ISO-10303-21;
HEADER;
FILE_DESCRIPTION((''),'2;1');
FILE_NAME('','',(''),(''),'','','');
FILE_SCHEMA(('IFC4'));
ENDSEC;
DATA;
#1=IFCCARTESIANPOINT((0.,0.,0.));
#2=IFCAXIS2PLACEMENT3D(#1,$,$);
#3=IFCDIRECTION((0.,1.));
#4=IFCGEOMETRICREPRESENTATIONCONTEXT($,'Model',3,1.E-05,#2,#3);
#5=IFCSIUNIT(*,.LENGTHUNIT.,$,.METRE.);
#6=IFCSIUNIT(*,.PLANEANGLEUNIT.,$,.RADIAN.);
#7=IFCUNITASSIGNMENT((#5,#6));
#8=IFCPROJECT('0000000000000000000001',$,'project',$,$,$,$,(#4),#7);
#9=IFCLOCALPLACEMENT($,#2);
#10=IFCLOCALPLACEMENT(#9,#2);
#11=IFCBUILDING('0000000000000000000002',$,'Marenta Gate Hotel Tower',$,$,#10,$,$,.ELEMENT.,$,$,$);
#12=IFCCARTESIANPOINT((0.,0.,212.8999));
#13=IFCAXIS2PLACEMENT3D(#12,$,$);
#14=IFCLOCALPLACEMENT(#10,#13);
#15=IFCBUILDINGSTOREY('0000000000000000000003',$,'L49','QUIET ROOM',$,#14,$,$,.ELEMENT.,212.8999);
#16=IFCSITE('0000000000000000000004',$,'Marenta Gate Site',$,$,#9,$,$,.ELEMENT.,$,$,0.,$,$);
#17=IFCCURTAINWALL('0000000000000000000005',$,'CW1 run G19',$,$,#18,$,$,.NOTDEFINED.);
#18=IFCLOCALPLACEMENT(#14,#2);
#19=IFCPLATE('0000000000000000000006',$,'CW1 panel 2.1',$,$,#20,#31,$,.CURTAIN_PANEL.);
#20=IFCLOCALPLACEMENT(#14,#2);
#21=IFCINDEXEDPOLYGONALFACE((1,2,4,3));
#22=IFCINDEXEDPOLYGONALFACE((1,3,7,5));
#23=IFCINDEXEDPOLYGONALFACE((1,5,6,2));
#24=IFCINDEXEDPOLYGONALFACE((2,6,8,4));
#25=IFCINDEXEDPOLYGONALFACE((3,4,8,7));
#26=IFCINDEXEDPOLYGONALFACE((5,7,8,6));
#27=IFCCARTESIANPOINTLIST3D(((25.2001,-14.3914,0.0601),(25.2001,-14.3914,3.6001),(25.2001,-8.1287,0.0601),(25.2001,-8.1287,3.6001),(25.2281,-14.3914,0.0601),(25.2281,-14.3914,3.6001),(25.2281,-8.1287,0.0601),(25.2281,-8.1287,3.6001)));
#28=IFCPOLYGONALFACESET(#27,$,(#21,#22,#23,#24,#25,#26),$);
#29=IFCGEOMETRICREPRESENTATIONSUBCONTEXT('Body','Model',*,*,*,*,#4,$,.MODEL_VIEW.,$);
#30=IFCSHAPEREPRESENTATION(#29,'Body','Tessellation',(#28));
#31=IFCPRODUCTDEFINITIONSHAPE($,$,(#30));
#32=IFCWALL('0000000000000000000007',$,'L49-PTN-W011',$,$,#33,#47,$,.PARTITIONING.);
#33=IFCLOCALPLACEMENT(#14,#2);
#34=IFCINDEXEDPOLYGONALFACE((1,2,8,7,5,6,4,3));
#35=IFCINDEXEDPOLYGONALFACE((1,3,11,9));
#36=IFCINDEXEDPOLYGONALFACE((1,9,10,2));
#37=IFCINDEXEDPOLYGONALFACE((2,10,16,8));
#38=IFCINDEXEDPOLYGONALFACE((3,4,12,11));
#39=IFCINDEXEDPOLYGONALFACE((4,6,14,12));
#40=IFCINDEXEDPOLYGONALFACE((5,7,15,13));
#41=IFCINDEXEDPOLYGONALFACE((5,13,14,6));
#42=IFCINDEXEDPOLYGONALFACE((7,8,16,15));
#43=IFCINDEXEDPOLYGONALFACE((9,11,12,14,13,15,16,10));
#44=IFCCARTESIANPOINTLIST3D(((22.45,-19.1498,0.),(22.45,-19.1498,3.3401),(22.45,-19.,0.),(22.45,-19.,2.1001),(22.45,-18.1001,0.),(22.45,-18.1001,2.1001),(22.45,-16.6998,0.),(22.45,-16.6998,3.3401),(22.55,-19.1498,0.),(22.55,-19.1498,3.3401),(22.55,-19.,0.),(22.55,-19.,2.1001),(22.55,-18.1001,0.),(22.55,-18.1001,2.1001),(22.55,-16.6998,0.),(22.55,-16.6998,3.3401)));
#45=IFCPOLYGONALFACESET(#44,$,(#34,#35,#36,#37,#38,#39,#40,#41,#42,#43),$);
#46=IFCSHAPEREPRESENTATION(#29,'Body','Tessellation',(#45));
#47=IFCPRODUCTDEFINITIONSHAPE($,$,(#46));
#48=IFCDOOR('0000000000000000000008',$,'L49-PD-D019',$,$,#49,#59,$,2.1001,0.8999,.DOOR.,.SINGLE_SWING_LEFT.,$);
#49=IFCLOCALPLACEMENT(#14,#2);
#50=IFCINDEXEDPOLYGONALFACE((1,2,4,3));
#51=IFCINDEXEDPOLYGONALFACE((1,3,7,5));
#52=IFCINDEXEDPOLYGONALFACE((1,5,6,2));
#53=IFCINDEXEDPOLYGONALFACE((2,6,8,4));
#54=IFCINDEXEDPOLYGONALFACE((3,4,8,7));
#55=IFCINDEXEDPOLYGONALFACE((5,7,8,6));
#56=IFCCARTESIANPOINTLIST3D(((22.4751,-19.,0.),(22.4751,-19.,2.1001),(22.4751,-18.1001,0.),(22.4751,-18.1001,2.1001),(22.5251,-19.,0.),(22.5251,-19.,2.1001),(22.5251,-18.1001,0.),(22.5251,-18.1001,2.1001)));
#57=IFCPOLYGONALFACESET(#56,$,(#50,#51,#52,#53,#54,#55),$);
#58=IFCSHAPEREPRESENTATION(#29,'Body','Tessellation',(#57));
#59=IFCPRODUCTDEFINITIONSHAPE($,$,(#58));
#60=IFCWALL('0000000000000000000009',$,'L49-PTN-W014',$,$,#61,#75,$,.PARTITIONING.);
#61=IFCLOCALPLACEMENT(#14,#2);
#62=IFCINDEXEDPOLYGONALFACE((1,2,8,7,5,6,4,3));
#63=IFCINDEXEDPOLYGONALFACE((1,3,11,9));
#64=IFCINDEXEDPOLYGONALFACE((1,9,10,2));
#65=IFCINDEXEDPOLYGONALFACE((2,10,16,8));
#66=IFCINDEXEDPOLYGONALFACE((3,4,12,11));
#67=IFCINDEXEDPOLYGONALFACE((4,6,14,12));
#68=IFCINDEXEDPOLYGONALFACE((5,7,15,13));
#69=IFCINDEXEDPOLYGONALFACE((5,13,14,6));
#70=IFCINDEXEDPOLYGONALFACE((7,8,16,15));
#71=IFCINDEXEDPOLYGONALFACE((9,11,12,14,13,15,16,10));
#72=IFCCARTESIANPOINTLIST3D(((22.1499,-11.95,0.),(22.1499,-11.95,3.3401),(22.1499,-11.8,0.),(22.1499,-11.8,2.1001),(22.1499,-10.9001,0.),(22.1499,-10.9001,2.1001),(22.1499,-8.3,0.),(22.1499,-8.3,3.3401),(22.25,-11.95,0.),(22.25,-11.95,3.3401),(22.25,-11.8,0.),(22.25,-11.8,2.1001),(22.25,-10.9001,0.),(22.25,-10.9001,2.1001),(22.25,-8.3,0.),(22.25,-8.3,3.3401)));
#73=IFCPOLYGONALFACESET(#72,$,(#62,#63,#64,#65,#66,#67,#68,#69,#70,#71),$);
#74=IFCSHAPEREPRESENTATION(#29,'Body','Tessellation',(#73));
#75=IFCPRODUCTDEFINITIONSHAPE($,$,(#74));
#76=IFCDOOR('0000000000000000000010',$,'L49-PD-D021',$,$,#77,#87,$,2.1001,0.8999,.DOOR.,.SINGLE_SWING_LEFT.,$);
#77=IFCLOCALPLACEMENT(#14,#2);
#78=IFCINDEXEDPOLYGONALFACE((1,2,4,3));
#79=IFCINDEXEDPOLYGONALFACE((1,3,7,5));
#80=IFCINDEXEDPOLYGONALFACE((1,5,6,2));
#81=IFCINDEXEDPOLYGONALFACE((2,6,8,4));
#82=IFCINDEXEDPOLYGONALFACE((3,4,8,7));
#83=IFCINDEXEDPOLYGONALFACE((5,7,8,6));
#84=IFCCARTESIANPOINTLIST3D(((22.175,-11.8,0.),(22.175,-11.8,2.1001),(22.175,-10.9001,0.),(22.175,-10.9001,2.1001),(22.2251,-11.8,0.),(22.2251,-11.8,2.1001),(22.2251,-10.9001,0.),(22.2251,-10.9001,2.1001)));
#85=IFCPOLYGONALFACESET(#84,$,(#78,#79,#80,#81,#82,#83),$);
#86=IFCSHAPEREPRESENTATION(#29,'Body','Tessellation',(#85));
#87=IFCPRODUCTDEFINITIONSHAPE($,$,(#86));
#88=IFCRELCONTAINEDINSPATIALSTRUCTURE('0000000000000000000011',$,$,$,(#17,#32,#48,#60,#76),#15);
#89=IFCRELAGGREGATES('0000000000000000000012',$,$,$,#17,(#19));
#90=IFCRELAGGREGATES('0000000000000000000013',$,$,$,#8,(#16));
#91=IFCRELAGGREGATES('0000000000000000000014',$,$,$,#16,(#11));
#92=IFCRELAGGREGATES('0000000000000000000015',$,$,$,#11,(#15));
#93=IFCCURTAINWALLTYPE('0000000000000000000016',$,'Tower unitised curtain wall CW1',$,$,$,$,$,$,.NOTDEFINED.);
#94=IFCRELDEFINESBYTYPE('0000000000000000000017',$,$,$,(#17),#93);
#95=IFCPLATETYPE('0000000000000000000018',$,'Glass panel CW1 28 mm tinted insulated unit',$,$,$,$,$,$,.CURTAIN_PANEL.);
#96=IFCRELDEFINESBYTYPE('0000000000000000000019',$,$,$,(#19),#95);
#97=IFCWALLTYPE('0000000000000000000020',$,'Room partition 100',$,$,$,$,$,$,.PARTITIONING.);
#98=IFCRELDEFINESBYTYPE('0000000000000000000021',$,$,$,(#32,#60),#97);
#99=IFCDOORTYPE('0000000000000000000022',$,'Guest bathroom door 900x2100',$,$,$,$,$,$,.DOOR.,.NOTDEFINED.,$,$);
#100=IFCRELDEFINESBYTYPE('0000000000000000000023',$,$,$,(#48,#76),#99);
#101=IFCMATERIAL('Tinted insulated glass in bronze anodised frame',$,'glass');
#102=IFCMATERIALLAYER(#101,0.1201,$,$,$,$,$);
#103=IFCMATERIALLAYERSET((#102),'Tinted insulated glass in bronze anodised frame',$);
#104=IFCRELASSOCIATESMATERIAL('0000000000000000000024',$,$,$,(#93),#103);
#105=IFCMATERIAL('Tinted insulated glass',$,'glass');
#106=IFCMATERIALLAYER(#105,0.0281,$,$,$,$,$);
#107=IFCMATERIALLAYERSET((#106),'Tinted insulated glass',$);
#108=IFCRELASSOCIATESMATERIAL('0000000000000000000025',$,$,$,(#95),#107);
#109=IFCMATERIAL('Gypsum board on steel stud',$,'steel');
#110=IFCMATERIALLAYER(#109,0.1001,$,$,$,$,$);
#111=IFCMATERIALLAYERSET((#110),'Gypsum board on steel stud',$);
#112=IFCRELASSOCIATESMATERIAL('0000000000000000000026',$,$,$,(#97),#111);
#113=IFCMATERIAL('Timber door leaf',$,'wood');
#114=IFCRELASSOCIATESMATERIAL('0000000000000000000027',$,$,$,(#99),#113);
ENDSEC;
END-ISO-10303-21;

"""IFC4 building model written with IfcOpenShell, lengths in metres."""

from ifc_helpers import new_model, si_unit, direction, frame, frame_2d, origin, origin_2d, place, context, subcontext, project, spatial, rectangle, extrude, material, layer, layer_set, type_object, element, fill, aggregate, save


model = new_model("IFC4")

# Units and contexts
model_context = context("Model", 3, precision=1e-05, world=origin(), true_north=direction((0.0, 1.0)))
body_context = subcontext(model_context, "Body", "Model", "MODEL_VIEW")
ifc_project = project(units=[si_unit("LENGTHUNIT", "METRE"), si_unit("PLANEANGLEUNIT", "RADIAN")], contexts=[model_context])

# Site, building, storey
site_placement = place(None, origin())
site = spatial("IfcSite", under=ifc_project, at=site_placement, Name="Marenta Gate Site", CompositionType="ELEMENT", RefElevation=0.0)
building_placement = place(site_placement, origin())
building = spatial("IfcBuilding", under=site, at=building_placement, Name="Marenta Gate Hotel Tower", CompositionType="ELEMENT")
storey_placement = place(building_placement, frame((0.0, 0.0, 212.8999)))
storey = spatial("IfcBuildingStorey", under=building, at=storey_placement, Name="L49", Description="QUIET ROOM", CompositionType="ELEMENT", Elevation=212.8999)

# Curtain wall, plate
ifc_material_1 = material(Name="Tinted insulated glass in bronze anodised frame", Category="glass")
ifc_layer_1 = layer(ifc_material_1, 0.1201)
ifc_layer_set_1 = layer_set([ifc_layer_1], Name="Tinted insulated glass in bronze anodised frame")
curtain_wall_type = type_object("IfcCurtainWallType", Name="Tower unitised curtain wall CW1", PredefinedType="NOTDEFINED", material=ifc_layer_set_1)
curtain_wall_placement = place(storey_placement, origin())
curtain_wall = element("IfcCurtainWall", 1, at=curtain_wall_placement, inside=storey, type_object=curtain_wall_type, Name="CW1 run G19", PredefinedType="NOTDEFINED")
ifc_material_2 = material(Name="Tinted insulated glass", Category="glass")
ifc_layer_2 = layer(ifc_material_2, 0.0281)
ifc_layer_set_2 = layer_set([ifc_layer_2], Name="Tinted insulated glass")
plate_type = type_object("IfcPlateType", Name="Glass panel CW1 28 mm tinted insulated unit", PredefinedType="CURTAIN_PANEL", material=ifc_layer_set_2)
plate_1_placement = place(storey_placement, frame((25.2141, -11.26, 0.0601), z_axis=(0.0, 0.0, 1.0), x_axis=(0.0, 1.0, 0.0)))
plate_1 = element("IfcPlate", 2, at=plate_1_placement, type_object=plate_type, Name="CW1 panel 2.1", PredefinedType="CURTAIN_PANEL", context=body_context, shape_type="SweptSolid", body=[
    extrude(rectangle(XDim=6.2627, YDim=0.0281, at=origin_2d()), origin(), (0.0, 0.0, 1.0), 3.54),
])
aggregate(curtain_wall, [plate_1])

# Walls, openings, doors
ifc_material_3 = material(Name="Gypsum board on steel stud", Category="steel")
ifc_layer_3 = layer(ifc_material_3, 0.1001)
ifc_layer_set_3 = layer_set([ifc_layer_3], Name="Gypsum board on steel stud")
wall_type = type_object("IfcWallType", Name="Room partition 100", PredefinedType="PARTITIONING", material=ifc_layer_set_3)
wall_1_placement = place(storey_placement, frame((22.5, -19.1499, 0.0), z_axis=(0.0, 0.0, 1.0), x_axis=(0.0, 1.0, 0.0)))
wall_1 = element("IfcWall", 3, at=wall_1_placement, inside=storey, type_object=wall_type, Name="L49-PTN-W011", PredefinedType="PARTITIONING", context=body_context, shape_type="SweptSolid", body=[
    extrude(rectangle(XDim=2.45, YDim=0.1001, at=frame_2d((1.2251, 0.0))), origin(), (0.0, 0.0, 1.0), 3.3401),
])
opening_1_placement = place(wall_1_placement, frame((0.1499, 0.0, 0.0)))
opening_1 = element("IfcOpeningElement", 4, at=opening_1_placement, cuts=wall_1, PredefinedType="OPENING", context=body_context, shape_type="SweptSolid", body=[
    extrude(rectangle(XDim=0.8999, YDim=2.1001, at=frame_2d((0.45, 1.05))), frame((0.0, 0.05, 0.0), z_axis=(0.0, -1.0, 0.0), x_axis=(1.0, 0.0, 0.0)), (0.0, 0.0, 1.0), 0.1001),
])
ifc_material_4 = material(Name="Timber door leaf", Category="wood")
door_type = type_object("IfcDoorType", Name="Guest bathroom door 900x2100", OperationType="NOTDEFINED", PredefinedType="DOOR", material=ifc_material_4)
door_1_placement = place(opening_1_placement, origin())
door_1 = element("IfcDoor", 5, at=door_1_placement, inside=storey, type_object=door_type, Name="L49-PD-D019", OperationType="SINGLE_SWING_LEFT", OverallHeight=2.1001, OverallWidth=0.8999, PredefinedType="DOOR", context=body_context, shape_type="SweptSolid", body=[
    extrude(rectangle(XDim=0.8999, YDim=2.1001, at=frame_2d((0.45, 1.05))), frame((0.0, 0.0249, 0.0), z_axis=(0.0, -1.0, 0.0), x_axis=(1.0, 0.0, 0.0)), (0.0, 0.0, 1.0), 0.05),
])
fill(opening_1, door_1)
wall_2_placement = place(storey_placement, frame((22.2, -11.95, 0.0), z_axis=(0.0, 0.0, 1.0), x_axis=(0.0, 1.0, 0.0)))
wall_2 = element("IfcWall", 6, at=wall_2_placement, inside=storey, type_object=wall_type, Name="L49-PTN-W014", PredefinedType="PARTITIONING", context=body_context, shape_type="SweptSolid", body=[
    extrude(rectangle(XDim=3.6499, YDim=0.1001, at=frame_2d((1.825, 0.0))), origin(), (0.0, 0.0, 1.0), 3.3401),
])
opening_2_placement = place(wall_2_placement, frame((0.1499, 0.0, 0.0)))
opening_2 = element("IfcOpeningElement", 7, at=opening_2_placement, cuts=wall_2, PredefinedType="OPENING", context=body_context, shape_type="SweptSolid", body=[
    extrude(rectangle(XDim=0.8999, YDim=2.1001, at=frame_2d((0.45, 1.05))), frame((0.0, 0.05, 0.0), z_axis=(0.0, -1.0, 0.0), x_axis=(1.0, 0.0, 0.0)), (0.0, 0.0, 1.0), 0.1001),
])
door_2_placement = place(opening_2_placement, origin())
door_2 = element("IfcDoor", 8, at=door_2_placement, inside=storey, type_object=door_type, Name="L49-PD-D021", OperationType="SINGLE_SWING_LEFT", OverallHeight=2.1001, OverallWidth=0.8999, PredefinedType="DOOR", context=body_context, shape_type="SweptSolid", body=[
    extrude(rectangle(XDim=0.8999, YDim=2.1001, at=frame_2d((0.45, 1.05))), frame((0.0, 0.0249, 0.0), z_axis=(0.0, -1.0, 0.0), x_axis=(1.0, 0.0, 0.0)), (0.0, 0.0, 1.0), 0.05),
])
fill(opening_2, door_2)

save(model, "model.ifc")
